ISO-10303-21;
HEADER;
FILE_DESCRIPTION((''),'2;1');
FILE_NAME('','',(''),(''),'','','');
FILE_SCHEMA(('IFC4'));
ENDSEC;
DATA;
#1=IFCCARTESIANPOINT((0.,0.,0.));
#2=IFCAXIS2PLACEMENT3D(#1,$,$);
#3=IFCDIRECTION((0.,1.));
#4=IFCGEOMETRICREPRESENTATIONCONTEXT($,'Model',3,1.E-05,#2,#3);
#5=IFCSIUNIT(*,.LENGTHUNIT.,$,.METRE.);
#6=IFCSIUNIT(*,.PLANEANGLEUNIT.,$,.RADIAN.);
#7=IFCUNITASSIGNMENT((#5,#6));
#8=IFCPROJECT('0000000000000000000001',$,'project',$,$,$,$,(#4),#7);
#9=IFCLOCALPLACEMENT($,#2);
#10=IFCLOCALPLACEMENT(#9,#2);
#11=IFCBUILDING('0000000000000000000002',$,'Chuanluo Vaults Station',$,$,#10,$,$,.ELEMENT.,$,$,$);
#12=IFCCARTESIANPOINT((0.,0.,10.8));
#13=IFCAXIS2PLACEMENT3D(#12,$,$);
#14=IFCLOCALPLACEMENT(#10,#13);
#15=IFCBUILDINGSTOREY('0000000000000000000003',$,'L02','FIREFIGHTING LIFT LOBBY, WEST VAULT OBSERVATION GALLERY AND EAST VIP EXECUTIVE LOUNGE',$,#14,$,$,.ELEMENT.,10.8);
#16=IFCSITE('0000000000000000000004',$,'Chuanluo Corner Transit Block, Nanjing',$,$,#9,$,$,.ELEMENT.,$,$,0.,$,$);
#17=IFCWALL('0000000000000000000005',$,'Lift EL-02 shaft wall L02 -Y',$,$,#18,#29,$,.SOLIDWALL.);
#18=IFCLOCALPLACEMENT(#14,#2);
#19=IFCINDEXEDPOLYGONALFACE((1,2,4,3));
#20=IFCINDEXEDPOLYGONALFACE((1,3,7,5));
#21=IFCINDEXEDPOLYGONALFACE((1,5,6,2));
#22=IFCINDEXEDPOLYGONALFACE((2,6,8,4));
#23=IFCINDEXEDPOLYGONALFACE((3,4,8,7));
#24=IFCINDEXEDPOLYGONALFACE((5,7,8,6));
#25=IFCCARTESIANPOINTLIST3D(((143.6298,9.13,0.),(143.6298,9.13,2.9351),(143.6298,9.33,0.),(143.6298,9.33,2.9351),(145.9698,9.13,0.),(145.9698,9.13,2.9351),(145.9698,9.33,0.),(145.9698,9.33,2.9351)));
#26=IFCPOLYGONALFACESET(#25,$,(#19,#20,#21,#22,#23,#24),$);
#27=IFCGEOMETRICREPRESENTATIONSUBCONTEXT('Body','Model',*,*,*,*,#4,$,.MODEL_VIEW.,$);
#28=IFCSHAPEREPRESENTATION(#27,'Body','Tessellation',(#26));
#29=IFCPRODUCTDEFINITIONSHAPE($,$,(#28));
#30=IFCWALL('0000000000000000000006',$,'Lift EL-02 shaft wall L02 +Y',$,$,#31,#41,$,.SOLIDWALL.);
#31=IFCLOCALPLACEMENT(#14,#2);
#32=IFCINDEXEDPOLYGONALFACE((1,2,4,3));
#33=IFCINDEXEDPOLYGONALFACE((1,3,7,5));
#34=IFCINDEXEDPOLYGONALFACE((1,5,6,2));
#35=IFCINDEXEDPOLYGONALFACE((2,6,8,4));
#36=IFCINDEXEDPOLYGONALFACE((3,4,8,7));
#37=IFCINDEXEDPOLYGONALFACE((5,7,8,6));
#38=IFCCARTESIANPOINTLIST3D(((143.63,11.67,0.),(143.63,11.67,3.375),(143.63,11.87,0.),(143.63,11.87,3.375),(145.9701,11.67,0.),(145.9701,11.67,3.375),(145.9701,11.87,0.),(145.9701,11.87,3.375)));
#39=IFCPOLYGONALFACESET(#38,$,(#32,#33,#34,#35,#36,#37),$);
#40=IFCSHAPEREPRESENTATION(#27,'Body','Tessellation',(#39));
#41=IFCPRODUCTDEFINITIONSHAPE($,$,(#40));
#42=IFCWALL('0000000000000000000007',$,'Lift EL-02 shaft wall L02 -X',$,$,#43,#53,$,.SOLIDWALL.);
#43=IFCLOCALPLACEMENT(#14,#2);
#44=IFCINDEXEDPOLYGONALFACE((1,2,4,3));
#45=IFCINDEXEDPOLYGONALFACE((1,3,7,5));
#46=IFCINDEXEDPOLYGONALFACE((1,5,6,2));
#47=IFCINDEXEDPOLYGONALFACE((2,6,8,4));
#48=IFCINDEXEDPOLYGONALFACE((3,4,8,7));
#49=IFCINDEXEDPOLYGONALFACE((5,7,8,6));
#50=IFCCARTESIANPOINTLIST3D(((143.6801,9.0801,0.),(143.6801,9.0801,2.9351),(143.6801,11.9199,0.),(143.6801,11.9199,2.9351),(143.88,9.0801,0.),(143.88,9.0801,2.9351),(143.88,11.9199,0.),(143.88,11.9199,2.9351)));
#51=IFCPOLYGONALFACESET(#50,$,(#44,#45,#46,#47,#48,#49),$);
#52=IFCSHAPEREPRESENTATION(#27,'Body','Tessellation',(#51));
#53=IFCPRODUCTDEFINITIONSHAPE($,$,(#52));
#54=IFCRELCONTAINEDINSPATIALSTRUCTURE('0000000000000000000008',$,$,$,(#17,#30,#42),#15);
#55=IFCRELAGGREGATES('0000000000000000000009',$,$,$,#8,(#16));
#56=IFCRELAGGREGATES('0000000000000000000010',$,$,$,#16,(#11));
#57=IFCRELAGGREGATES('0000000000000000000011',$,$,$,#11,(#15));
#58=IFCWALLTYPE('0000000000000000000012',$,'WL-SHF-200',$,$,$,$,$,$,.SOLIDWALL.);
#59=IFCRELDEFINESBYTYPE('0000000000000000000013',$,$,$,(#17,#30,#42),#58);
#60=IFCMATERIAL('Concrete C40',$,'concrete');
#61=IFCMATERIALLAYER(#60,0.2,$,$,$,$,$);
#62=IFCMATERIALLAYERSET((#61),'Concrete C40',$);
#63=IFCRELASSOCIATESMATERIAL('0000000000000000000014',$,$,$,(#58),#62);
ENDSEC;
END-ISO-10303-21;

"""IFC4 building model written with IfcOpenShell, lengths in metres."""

from ifc_helpers import new_model, si_unit, direction, frame, frame_2d, origin, place, context, subcontext, project, spatial, rectangle, extrude, material, layer, layer_set, type_object, element, save


model = new_model("IFC4")

# Units and contexts
model_context = context("Model", 3, precision=1e-05, world=origin(), true_north=direction((0.0, 1.0)))
body_context = subcontext(model_context, "Body", "Model", "MODEL_VIEW")
ifc_project = project(units=[si_unit("LENGTHUNIT", "METRE"), si_unit("PLANEANGLEUNIT", "RADIAN")], contexts=[model_context])

# Site, building, storey
site_placement = place(None, origin())
site = spatial("IfcSite", under=ifc_project, at=site_placement, Name="Chuanluo Corner Transit Block, Nanjing", CompositionType="ELEMENT", RefElevation=0.0)
building_placement = place(site_placement, origin())
building = spatial("IfcBuilding", under=site, at=building_placement, Name="Chuanluo Vaults Station", CompositionType="ELEMENT")
storey_placement = place(building_placement, frame((0.0, 0.0, 10.8)))
storey = spatial("IfcBuildingStorey", under=building, at=storey_placement, Name="L02", Description="FIREFIGHTING LIFT LOBBY, WEST VAULT OBSERVATION GALLERY AND EAST VIP EXECUTIVE LOUNGE", CompositionType="ELEMENT", Elevation=10.8)

# Walls
ifc_material_1 = material(Name="Concrete C40", Category="concrete")
ifc_layer_1 = layer(ifc_material_1, 0.2)
ifc_layer_set_1 = layer_set([ifc_layer_1], Name="Concrete C40")
wall_type_1 = type_object("IfcWallType", Name="WL-SHF-200", PredefinedType="SOLIDWALL", material=ifc_layer_set_1)
wall_1_placement = place(storey_placement, frame((143.6299, 9.23, 0.0), z_axis=(0.0, 0.0, 1.0), x_axis=(1.0, 0.0, 0.0)))
element("IfcWall", 1, at=wall_1_placement, inside=storey, type_object=wall_type_1, Name="Lift EL-02 shaft wall L02 -Y", PredefinedType="SOLIDWALL", context=body_context, shape_type="SweptSolid", body=[
    extrude(rectangle(XDim=2.3401, YDim=0.2, at=frame_2d((1.1699, 0.0))), origin(), (0.0, 0.0, 1.0), 2.9351),
])
wall_2_placement = place(storey_placement, frame((145.97, 11.77, 0.0), z_axis=(0.0, 0.0, 1.0), x_axis=(-1.0, 0.0, 0.0)))
element("IfcWall", 2, at=wall_2_placement, inside=storey, type_object=wall_type_1, Name="Lift EL-02 shaft wall L02 +Y", PredefinedType="SOLIDWALL", context=body_context, shape_type="SweptSolid", body=[
    extrude(rectangle(XDim=2.3401, YDim=0.2, at=frame_2d((1.1699, 0.0))), origin(), (0.0, 0.0, 1.0), 3.375),
])
wall_3_placement = place(storey_placement, frame((143.78, 11.9199, 0.0), z_axis=(0.0, 0.0, 1.0), x_axis=(0.0, -1.0, 0.0)))
element("IfcWall", 3, at=wall_3_placement, inside=storey, type_object=wall_type_1, Name="Lift EL-02 shaft wall L02 -X", PredefinedType="SOLIDWALL", context=body_context, shape_type="SweptSolid", body=[
    extrude(rectangle(XDim=2.8398, YDim=0.2, at=frame_2d((1.4199, 0.0))), origin(), (0.0, 0.0, 1.0), 2.9351),
])

save(model, "model.ifc")
